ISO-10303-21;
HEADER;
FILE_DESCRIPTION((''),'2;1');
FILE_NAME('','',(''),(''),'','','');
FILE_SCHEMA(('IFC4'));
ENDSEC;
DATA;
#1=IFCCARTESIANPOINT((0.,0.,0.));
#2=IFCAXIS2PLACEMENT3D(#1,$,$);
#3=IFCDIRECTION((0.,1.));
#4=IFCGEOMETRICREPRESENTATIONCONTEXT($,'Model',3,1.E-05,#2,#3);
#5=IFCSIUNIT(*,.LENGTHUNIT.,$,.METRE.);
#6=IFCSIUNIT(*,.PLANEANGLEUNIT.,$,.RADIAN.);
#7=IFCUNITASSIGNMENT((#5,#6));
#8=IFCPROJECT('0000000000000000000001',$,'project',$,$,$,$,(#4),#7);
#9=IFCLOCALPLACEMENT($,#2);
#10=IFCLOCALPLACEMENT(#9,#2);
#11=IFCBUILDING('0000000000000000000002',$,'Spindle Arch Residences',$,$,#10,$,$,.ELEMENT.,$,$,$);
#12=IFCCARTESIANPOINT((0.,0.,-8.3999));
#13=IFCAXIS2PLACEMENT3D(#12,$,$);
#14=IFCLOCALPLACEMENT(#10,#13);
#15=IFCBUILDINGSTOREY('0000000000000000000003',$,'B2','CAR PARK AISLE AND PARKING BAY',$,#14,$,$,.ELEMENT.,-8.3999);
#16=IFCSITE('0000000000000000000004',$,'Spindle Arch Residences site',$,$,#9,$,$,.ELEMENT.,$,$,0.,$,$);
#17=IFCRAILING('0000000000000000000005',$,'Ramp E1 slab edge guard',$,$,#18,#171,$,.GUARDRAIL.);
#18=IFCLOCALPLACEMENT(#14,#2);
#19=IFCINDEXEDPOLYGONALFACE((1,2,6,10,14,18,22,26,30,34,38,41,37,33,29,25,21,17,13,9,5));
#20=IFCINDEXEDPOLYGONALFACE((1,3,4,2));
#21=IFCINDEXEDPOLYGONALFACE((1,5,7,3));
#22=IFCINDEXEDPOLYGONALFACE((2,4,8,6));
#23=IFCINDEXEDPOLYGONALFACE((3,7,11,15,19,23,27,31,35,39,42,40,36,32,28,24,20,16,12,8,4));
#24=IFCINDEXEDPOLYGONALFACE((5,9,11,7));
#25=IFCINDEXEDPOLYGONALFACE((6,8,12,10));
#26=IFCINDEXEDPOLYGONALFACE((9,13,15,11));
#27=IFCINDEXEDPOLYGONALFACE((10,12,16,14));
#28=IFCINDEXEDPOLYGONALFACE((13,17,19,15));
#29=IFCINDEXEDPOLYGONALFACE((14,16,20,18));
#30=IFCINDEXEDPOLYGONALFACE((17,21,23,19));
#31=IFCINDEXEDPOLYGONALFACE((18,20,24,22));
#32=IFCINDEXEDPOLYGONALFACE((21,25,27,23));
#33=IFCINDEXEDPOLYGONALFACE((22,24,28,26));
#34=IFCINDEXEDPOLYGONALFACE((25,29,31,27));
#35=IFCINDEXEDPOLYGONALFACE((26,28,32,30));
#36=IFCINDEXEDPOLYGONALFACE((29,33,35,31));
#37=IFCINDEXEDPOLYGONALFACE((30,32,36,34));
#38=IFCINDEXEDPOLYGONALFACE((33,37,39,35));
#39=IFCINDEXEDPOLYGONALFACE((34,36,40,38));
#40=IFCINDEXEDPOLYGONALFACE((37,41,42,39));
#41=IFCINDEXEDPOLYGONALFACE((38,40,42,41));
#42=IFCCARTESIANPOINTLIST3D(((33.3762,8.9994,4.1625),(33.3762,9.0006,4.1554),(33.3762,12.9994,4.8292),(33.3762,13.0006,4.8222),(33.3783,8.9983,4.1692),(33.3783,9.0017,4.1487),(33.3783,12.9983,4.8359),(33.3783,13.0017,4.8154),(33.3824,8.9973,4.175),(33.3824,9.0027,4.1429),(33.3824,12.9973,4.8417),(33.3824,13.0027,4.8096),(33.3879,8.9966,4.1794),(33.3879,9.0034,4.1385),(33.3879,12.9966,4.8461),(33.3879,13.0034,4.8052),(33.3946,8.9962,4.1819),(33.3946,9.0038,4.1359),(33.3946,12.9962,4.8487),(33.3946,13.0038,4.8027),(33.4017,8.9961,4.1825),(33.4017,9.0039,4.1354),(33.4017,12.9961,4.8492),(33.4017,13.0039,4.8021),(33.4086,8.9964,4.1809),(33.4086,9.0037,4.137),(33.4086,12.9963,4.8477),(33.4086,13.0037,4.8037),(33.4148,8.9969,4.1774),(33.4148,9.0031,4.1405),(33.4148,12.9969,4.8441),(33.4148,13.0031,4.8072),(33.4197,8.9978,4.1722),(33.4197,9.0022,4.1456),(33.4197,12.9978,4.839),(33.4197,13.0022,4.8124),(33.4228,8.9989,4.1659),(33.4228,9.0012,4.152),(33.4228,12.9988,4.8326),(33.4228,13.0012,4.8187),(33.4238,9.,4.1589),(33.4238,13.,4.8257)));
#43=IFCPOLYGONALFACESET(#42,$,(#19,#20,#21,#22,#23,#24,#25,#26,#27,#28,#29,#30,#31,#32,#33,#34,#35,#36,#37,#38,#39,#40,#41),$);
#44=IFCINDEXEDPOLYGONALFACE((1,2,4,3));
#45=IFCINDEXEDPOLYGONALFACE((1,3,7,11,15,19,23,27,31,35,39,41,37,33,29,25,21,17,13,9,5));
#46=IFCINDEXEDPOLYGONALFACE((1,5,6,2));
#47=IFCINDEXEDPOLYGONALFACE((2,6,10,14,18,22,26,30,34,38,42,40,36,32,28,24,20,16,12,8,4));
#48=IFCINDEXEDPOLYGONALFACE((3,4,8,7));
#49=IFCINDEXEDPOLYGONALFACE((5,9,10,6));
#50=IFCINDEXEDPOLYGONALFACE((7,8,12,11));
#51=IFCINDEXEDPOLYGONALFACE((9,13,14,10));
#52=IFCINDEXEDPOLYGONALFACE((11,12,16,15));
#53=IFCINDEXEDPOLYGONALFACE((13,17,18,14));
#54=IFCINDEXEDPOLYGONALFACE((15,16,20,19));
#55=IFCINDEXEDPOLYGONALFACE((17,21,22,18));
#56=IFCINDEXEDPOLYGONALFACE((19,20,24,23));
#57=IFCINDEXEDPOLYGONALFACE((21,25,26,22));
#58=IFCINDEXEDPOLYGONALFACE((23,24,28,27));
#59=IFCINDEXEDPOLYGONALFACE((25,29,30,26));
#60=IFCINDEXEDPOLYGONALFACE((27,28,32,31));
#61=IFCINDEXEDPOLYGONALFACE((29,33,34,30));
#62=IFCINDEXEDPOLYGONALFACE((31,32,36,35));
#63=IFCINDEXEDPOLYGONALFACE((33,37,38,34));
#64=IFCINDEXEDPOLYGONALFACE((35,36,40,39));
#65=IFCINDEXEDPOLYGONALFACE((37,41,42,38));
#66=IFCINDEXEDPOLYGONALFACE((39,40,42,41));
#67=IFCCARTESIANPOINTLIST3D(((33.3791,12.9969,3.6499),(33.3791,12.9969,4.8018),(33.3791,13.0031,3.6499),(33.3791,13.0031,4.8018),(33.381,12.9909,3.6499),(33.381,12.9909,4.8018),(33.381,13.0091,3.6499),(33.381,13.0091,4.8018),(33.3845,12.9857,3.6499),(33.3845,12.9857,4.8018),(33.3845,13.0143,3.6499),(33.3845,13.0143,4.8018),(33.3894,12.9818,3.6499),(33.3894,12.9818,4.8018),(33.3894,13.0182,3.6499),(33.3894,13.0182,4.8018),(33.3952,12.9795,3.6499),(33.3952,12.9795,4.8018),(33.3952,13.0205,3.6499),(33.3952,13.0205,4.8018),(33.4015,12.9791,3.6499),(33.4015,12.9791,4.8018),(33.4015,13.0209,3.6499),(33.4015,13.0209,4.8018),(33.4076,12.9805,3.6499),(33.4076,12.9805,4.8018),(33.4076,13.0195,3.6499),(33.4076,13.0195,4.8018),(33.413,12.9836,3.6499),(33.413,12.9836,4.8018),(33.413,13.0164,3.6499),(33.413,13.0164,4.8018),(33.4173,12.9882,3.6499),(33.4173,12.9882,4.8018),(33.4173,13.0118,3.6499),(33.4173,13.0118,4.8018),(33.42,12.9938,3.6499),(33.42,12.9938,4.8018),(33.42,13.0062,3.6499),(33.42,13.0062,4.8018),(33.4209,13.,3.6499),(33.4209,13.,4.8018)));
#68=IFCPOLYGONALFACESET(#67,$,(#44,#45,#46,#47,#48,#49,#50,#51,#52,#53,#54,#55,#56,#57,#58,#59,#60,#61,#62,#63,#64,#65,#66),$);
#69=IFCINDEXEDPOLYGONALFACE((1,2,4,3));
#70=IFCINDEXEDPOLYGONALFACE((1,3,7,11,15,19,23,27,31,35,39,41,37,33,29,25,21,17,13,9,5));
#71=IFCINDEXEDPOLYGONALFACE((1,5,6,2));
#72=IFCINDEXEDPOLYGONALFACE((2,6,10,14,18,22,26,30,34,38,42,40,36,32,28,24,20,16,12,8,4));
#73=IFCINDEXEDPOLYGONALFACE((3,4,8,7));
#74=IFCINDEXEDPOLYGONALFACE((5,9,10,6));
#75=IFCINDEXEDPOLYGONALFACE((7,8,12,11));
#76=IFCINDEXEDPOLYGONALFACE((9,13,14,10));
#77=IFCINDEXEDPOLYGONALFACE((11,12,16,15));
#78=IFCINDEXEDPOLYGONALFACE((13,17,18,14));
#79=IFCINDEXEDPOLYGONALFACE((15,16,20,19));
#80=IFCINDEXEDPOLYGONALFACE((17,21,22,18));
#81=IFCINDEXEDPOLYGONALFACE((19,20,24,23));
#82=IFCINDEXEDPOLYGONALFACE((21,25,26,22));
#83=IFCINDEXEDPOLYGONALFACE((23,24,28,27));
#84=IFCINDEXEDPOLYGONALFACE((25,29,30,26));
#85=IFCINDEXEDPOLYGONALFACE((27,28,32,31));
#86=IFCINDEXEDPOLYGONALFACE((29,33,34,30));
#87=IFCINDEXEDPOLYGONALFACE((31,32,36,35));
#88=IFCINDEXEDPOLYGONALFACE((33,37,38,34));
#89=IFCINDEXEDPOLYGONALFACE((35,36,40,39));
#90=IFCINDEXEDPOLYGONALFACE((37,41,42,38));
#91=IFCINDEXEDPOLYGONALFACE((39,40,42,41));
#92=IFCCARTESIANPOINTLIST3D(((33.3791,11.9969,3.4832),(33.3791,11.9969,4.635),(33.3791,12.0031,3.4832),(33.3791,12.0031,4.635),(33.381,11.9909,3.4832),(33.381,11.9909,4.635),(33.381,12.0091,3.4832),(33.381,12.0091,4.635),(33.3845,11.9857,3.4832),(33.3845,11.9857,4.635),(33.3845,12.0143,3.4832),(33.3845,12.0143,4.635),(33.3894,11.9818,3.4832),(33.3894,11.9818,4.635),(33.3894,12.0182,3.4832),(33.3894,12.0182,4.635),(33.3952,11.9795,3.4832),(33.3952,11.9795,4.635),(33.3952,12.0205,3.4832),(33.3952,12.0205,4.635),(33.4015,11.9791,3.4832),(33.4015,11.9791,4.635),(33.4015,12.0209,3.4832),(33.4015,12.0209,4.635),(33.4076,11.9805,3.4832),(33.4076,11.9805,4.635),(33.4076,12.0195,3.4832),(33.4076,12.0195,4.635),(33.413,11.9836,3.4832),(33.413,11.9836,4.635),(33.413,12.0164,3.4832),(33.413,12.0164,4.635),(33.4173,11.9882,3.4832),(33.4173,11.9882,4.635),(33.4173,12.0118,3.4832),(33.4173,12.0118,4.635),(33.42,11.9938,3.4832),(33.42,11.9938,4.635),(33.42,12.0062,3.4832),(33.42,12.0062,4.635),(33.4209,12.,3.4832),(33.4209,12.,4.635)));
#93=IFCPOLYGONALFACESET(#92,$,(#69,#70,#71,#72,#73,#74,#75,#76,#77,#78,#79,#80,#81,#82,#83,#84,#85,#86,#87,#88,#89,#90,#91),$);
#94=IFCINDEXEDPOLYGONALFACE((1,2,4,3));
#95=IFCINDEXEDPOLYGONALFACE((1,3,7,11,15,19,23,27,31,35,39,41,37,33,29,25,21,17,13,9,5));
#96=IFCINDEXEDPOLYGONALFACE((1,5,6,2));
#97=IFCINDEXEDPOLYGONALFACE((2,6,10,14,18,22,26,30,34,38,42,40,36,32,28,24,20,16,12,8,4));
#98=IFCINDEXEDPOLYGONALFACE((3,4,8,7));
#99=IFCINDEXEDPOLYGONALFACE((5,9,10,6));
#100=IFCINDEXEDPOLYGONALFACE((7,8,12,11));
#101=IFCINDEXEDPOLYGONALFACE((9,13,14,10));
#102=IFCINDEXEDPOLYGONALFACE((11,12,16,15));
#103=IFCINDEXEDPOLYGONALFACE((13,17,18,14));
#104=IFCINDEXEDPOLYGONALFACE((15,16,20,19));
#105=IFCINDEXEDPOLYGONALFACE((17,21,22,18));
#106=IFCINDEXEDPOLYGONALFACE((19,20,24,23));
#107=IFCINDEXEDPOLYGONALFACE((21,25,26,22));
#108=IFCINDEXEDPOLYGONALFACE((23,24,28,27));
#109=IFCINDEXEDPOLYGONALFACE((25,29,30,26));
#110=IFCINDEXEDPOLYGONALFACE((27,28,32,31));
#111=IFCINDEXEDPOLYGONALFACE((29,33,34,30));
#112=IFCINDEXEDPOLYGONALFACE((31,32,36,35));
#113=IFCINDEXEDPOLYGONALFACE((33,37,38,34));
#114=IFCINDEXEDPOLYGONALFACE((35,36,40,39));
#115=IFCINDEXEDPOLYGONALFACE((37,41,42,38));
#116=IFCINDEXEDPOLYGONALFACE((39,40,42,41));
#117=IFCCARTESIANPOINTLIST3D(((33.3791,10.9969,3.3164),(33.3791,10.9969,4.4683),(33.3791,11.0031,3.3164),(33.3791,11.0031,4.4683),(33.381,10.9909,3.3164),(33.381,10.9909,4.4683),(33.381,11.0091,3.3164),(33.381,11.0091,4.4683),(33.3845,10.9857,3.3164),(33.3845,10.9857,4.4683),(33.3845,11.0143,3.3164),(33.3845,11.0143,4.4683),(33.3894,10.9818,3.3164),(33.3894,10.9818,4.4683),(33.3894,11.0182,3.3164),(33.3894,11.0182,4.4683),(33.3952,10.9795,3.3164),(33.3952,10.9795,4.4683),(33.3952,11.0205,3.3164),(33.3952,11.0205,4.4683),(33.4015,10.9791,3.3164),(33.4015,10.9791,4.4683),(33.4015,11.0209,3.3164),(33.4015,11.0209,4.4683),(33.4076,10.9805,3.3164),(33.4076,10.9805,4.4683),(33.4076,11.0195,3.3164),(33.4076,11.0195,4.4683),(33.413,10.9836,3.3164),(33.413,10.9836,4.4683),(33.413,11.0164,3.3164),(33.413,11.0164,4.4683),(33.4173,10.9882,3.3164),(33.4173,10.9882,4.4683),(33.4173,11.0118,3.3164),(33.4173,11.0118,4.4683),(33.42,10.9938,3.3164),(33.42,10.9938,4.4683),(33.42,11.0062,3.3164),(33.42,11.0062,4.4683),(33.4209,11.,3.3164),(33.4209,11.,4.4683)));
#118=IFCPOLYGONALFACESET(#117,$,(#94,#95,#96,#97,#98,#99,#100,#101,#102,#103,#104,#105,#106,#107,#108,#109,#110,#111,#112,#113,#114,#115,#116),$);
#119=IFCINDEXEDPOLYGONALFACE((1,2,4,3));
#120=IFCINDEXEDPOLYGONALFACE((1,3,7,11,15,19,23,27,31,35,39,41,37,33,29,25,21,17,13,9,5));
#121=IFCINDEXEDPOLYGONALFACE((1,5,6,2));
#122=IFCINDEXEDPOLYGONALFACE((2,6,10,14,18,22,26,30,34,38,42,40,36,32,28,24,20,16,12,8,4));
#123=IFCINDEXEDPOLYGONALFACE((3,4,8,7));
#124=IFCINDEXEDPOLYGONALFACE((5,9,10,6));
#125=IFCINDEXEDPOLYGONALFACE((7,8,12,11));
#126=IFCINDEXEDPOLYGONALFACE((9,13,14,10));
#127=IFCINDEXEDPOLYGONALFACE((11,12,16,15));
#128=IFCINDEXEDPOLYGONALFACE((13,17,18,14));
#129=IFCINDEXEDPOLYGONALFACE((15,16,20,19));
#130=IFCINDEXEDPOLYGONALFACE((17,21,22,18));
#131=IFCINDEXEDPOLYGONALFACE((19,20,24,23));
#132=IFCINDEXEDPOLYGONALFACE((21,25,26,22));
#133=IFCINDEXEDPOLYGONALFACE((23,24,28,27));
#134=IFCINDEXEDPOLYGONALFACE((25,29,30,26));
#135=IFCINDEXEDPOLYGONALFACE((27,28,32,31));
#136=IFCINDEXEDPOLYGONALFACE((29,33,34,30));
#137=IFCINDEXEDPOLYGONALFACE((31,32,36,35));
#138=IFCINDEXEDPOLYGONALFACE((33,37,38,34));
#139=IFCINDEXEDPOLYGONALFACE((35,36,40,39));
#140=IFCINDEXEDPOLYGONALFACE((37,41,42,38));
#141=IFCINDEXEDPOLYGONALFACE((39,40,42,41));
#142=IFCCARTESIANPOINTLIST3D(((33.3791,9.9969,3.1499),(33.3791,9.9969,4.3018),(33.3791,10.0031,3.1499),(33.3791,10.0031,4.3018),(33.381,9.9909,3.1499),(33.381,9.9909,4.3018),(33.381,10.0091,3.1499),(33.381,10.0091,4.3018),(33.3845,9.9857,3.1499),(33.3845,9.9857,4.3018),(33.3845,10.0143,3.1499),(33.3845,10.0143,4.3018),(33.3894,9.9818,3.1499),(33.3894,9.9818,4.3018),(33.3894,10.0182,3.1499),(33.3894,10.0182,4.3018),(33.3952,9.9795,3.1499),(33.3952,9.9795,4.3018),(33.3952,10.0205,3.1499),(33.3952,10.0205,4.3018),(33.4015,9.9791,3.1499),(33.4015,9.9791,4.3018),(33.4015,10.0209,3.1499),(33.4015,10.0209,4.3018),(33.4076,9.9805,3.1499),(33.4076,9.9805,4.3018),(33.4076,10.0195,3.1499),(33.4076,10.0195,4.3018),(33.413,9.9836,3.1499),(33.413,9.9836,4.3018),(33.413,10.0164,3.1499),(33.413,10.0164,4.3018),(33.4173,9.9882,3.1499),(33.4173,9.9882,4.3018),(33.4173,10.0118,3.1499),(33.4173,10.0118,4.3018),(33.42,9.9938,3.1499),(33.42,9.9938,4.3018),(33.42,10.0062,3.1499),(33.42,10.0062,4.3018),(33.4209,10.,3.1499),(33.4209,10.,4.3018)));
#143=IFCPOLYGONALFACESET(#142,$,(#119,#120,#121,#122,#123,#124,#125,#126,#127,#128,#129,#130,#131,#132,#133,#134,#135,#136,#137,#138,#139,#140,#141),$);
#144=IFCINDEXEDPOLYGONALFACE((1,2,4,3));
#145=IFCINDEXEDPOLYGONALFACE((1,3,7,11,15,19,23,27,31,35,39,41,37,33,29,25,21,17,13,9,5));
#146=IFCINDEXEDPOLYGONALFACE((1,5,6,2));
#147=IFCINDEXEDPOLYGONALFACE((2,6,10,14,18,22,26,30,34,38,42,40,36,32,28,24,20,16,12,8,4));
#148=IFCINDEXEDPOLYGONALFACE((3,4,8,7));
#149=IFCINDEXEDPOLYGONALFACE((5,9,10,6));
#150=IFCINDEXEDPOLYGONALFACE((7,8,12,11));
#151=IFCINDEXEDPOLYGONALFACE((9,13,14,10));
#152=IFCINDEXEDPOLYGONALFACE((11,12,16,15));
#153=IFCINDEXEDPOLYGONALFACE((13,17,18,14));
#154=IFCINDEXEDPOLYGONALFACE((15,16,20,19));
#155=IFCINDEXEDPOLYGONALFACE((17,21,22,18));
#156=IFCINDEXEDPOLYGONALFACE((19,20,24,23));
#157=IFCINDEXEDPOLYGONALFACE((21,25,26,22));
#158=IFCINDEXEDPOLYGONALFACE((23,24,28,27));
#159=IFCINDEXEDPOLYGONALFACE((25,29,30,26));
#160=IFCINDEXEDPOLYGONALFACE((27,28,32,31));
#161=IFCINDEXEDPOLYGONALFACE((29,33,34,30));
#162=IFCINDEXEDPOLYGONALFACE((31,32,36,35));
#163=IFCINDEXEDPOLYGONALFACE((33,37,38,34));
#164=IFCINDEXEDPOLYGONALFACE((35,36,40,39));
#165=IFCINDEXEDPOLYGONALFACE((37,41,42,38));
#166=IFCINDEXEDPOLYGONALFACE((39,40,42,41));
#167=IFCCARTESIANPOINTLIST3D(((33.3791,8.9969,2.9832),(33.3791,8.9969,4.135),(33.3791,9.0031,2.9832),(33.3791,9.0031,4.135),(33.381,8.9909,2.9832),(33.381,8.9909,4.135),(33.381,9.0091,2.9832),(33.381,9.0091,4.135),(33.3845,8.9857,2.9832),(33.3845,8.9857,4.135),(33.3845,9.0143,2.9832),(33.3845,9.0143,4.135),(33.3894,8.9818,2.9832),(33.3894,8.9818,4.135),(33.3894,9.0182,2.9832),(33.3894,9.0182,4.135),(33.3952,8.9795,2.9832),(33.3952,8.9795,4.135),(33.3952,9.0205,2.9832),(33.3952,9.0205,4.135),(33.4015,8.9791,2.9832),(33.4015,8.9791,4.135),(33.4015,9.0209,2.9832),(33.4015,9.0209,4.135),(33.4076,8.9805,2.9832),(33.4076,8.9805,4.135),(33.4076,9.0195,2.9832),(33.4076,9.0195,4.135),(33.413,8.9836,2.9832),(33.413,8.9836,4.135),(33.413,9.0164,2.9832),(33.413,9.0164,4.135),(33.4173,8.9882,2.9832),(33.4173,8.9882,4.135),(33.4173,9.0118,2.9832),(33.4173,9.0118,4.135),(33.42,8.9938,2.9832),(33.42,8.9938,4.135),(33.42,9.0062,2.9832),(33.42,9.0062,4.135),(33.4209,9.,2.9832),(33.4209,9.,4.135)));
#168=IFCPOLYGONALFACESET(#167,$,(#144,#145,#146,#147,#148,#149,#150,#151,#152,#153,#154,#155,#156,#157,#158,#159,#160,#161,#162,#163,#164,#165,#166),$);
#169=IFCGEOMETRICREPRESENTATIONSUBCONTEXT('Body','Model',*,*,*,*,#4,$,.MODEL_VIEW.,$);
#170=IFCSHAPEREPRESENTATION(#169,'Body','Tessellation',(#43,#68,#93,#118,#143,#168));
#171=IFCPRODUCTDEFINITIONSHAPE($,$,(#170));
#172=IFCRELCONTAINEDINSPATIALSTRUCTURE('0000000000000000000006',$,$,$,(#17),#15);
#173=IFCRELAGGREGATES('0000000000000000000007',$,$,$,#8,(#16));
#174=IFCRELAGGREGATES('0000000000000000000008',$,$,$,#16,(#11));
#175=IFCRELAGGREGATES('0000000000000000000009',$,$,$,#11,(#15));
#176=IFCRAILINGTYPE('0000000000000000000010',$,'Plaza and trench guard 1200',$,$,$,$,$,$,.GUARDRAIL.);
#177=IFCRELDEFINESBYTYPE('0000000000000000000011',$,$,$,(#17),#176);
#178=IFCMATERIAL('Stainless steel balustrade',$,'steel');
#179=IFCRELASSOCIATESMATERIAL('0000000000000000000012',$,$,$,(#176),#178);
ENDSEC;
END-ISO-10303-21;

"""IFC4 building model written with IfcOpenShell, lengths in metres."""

from ifc_helpers import new_model, si_unit, direction, frame, origin, origin_2d, place, context, subcontext, project, spatial, circle, extrude, material, type_object, element, save


model = new_model("IFC4")

# Units and contexts
model_context = context("Model", 3, precision=1e-05, world=origin(), true_north=direction((0.0, 1.0)))
body_context = subcontext(model_context, "Body", "Model", "MODEL_VIEW")
ifc_project = project(units=[si_unit("LENGTHUNIT", "METRE"), si_unit("PLANEANGLEUNIT", "RADIAN")], contexts=[model_context])

# Site, building, storey
site_placement = place(None, origin())
site = spatial("IfcSite", under=ifc_project, at=site_placement, Name="Spindle Arch Residences site", CompositionType="ELEMENT", RefElevation=0.0)
building_placement = place(site_placement, origin())
building = spatial("IfcBuilding", under=site, at=building_placement, Name="Spindle Arch Residences", CompositionType="ELEMENT")
storey_placement = place(building_placement, frame((0.0, 0.0, -8.3999)))
storey = spatial("IfcBuildingStorey", under=building, at=storey_placement, Name="B2", Description="CAR PARK AISLE AND PARKING BAY", CompositionType="ELEMENT", Elevation=-8.3999)

# Railing
ifc_material_1 = material(Name="Stainless steel balustrade", Category="steel")
railing_type = type_object("IfcRailingType", Name="Plaza and trench guard 1200", PredefinedType="GUARDRAIL", material=ifc_material_1)
railing_placement = place(storey_placement, frame((33.3999, 13.0, 3.6499)))
element("IfcRailing", 1, at=railing_placement, inside=storey, type_object=railing_type, Name="Ramp E1 slab edge guard", PredefinedType="GUARDRAIL", context=body_context, shape_type="SweptSolid", body=[
    extrude(circle(Radius=0.0239, at=origin_2d()), frame((0.0, 0.0, 1.1758), z_axis=(0.0, -0.986391, -0.164419), x_axis=(1.0, 0.0, 0.0)), (0.0, 0.0, 1.0), 4.0552),
    extrude(circle(Radius=0.021, at=origin_2d()), origin(), (0.0, 0.0, 1.0), 1.1519),
    extrude(circle(Radius=0.021, at=origin_2d()), frame((0.0, -1.0, -0.1667)), (0.0, 0.0, 1.0), 1.1519),
    extrude(circle(Radius=0.021, at=origin_2d()), frame((0.0, -2.0, -0.3335)), (0.0, 0.0, 1.0), 1.1519),
    extrude(circle(Radius=0.021, at=origin_2d()), frame((0.0, -3.0, -0.5)), (0.0, 0.0, 1.0), 1.1519),
    extrude(circle(Radius=0.021, at=origin_2d()), frame((0.0, -4.0, -0.6667)), (0.0, 0.0, 1.0), 1.1519),
])

save(model, "model.ifc")
